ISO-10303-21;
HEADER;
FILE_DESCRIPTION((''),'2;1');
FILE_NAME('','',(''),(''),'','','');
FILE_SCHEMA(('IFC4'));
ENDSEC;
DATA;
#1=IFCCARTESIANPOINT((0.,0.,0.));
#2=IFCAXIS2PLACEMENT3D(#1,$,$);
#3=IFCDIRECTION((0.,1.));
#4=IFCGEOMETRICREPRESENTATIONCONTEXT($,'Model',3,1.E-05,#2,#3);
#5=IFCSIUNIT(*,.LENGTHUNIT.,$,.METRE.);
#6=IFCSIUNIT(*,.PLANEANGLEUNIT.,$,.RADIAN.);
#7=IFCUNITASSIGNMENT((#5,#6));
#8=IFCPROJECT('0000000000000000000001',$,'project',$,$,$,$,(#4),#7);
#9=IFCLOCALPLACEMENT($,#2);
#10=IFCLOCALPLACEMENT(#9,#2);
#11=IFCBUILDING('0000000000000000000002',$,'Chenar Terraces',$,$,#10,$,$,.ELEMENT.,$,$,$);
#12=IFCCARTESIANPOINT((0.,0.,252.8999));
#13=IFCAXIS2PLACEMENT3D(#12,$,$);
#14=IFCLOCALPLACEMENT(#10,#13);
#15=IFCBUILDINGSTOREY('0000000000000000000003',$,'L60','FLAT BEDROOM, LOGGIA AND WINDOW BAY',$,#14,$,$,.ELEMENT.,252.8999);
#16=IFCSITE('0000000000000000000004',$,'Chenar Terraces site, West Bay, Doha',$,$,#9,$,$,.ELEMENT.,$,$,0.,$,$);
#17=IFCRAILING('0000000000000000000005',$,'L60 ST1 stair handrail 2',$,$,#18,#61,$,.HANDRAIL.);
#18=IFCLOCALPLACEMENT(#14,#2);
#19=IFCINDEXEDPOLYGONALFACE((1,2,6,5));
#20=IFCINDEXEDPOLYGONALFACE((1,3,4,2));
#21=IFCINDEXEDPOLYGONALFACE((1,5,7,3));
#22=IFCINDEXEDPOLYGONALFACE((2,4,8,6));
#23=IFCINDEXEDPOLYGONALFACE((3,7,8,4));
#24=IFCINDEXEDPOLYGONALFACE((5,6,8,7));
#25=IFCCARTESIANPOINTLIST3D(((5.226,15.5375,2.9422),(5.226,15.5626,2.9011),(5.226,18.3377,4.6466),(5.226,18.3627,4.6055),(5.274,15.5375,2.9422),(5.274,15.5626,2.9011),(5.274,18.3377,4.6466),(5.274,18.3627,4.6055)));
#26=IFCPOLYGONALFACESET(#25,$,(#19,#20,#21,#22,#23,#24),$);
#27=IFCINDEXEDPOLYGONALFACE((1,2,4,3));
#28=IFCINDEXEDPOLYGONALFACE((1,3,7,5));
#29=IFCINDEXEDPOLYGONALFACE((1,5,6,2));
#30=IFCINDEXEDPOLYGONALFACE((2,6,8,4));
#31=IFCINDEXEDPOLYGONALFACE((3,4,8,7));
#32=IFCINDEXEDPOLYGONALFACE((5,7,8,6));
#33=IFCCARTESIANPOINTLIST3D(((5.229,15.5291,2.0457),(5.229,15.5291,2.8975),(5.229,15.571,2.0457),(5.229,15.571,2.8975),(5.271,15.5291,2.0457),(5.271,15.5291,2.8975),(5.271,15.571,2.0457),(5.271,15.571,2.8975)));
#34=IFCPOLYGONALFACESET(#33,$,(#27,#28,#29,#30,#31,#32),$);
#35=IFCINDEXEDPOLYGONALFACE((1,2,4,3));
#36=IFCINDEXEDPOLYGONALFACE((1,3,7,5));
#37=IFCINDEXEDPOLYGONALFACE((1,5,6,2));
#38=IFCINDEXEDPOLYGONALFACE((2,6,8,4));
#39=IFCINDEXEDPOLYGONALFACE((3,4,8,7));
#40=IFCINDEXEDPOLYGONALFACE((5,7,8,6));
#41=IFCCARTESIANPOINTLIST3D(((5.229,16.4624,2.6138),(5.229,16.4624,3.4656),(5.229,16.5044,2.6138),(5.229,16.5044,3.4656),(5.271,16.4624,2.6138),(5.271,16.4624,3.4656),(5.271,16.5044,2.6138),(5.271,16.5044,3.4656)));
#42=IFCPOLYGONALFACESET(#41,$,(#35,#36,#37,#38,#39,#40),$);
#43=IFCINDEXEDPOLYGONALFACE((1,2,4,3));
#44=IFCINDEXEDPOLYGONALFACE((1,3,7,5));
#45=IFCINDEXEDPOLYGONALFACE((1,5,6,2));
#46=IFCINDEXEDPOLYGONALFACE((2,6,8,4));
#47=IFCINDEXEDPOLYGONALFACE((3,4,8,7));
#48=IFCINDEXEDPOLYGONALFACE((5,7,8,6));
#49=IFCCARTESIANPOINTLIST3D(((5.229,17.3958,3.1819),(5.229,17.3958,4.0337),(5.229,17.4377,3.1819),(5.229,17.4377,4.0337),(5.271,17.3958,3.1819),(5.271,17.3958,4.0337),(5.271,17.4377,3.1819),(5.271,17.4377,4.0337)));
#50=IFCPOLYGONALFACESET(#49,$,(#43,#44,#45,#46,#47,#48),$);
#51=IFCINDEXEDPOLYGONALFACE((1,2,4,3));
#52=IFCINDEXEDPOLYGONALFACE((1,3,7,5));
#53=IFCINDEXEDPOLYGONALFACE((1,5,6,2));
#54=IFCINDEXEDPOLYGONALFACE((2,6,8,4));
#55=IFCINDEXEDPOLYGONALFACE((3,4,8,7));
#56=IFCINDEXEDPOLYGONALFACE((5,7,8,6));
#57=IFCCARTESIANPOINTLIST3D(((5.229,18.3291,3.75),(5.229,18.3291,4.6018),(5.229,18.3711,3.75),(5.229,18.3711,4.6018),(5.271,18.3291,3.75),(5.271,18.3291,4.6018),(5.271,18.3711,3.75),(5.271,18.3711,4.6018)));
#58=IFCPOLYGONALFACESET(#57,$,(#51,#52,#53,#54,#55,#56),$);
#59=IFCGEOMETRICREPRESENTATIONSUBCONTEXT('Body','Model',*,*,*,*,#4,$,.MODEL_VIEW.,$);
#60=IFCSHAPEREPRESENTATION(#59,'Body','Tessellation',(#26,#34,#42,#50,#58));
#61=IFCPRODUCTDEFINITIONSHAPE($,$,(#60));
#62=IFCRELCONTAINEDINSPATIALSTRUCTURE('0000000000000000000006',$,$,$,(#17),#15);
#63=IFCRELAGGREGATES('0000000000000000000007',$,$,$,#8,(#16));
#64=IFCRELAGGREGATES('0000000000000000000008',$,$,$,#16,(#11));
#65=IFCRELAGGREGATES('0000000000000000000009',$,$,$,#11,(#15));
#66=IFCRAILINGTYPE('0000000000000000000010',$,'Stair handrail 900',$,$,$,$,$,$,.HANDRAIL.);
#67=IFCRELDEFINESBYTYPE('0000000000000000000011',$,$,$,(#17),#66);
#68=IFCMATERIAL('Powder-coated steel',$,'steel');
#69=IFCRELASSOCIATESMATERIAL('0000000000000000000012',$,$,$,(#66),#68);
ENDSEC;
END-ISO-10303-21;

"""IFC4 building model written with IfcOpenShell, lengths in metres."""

from ifc_helpers import new_model, si_unit, direction, frame, origin, origin_2d, place, context, subcontext, project, spatial, rectangle, extrude, material, type_object, element, save


model = new_model("IFC4")

# Units and contexts
model_context = context("Model", 3, precision=1e-05, world=origin(), true_north=direction((0.0, 1.0)))
body_context = subcontext(model_context, "Body", "Model", "MODEL_VIEW")
ifc_project = project(units=[si_unit("LENGTHUNIT", "METRE"), si_unit("PLANEANGLEUNIT", "RADIAN")], contexts=[model_context])

# Site, building, storey
site_placement = place(None, origin())
site = spatial("IfcSite", under=ifc_project, at=site_placement, Name="Chenar Terraces site, West Bay, Doha", CompositionType="ELEMENT", RefElevation=0.0)
building_placement = place(site_placement, origin())
building = spatial("IfcBuilding", under=site, at=building_placement, Name="Chenar Terraces", CompositionType="ELEMENT")
storey_placement = place(building_placement, frame((0.0, 0.0, 252.8999)))
storey = spatial("IfcBuildingStorey", under=building, at=storey_placement, Name="L60", Description="FLAT BEDROOM, LOGGIA AND WINDOW BAY", CompositionType="ELEMENT", Elevation=252.8999)

# Railing
ifc_material_1 = material(Name="Powder-coated steel", Category="steel")
railing_type_1 = type_object("IfcRailingType", Name="Stair handrail 900", PredefinedType="HANDRAIL", material=ifc_material_1)
railing_1_placement = place(storey_placement, frame((5.25, 15.55, 2.0457)))
element("IfcRailing", 1, at=railing_1_placement, inside=storey, type_object=railing_type_1, Name="L60 ST1 stair handrail 2", PredefinedType="HANDRAIL", context=body_context, shape_type="SweptSolid", body=[
    extrude(rectangle(XDim=0.0481, YDim=0.0481, at=origin_2d()), frame((0.0, 0.0, 0.876), z_axis=(0.0, 0.854203, 0.51994), x_axis=(-1.0, 0.0, 0.0)), (0.0, 0.0, 1.0), 3.2781),
    extrude(rectangle(XDim=0.042, YDim=0.042, at=origin_2d()), origin(), (0.0, 0.0, 1.0), 0.8518),
    extrude(rectangle(XDim=0.042, YDim=0.042, at=origin_2d()), frame((0.0, 0.9333, 0.5681)), (0.0, 0.0, 1.0), 0.8518),
    extrude(rectangle(XDim=0.042, YDim=0.042, at=origin_2d()), frame((0.0, 1.8667, 1.1362)), (0.0, 0.0, 1.0), 0.8518),
    extrude(rectangle(XDim=0.042, YDim=0.042, at=origin_2d()), frame((0.0, 2.8, 1.7043)), (0.0, 0.0, 1.0), 0.8518),
])

save(model, "model.ifc")
